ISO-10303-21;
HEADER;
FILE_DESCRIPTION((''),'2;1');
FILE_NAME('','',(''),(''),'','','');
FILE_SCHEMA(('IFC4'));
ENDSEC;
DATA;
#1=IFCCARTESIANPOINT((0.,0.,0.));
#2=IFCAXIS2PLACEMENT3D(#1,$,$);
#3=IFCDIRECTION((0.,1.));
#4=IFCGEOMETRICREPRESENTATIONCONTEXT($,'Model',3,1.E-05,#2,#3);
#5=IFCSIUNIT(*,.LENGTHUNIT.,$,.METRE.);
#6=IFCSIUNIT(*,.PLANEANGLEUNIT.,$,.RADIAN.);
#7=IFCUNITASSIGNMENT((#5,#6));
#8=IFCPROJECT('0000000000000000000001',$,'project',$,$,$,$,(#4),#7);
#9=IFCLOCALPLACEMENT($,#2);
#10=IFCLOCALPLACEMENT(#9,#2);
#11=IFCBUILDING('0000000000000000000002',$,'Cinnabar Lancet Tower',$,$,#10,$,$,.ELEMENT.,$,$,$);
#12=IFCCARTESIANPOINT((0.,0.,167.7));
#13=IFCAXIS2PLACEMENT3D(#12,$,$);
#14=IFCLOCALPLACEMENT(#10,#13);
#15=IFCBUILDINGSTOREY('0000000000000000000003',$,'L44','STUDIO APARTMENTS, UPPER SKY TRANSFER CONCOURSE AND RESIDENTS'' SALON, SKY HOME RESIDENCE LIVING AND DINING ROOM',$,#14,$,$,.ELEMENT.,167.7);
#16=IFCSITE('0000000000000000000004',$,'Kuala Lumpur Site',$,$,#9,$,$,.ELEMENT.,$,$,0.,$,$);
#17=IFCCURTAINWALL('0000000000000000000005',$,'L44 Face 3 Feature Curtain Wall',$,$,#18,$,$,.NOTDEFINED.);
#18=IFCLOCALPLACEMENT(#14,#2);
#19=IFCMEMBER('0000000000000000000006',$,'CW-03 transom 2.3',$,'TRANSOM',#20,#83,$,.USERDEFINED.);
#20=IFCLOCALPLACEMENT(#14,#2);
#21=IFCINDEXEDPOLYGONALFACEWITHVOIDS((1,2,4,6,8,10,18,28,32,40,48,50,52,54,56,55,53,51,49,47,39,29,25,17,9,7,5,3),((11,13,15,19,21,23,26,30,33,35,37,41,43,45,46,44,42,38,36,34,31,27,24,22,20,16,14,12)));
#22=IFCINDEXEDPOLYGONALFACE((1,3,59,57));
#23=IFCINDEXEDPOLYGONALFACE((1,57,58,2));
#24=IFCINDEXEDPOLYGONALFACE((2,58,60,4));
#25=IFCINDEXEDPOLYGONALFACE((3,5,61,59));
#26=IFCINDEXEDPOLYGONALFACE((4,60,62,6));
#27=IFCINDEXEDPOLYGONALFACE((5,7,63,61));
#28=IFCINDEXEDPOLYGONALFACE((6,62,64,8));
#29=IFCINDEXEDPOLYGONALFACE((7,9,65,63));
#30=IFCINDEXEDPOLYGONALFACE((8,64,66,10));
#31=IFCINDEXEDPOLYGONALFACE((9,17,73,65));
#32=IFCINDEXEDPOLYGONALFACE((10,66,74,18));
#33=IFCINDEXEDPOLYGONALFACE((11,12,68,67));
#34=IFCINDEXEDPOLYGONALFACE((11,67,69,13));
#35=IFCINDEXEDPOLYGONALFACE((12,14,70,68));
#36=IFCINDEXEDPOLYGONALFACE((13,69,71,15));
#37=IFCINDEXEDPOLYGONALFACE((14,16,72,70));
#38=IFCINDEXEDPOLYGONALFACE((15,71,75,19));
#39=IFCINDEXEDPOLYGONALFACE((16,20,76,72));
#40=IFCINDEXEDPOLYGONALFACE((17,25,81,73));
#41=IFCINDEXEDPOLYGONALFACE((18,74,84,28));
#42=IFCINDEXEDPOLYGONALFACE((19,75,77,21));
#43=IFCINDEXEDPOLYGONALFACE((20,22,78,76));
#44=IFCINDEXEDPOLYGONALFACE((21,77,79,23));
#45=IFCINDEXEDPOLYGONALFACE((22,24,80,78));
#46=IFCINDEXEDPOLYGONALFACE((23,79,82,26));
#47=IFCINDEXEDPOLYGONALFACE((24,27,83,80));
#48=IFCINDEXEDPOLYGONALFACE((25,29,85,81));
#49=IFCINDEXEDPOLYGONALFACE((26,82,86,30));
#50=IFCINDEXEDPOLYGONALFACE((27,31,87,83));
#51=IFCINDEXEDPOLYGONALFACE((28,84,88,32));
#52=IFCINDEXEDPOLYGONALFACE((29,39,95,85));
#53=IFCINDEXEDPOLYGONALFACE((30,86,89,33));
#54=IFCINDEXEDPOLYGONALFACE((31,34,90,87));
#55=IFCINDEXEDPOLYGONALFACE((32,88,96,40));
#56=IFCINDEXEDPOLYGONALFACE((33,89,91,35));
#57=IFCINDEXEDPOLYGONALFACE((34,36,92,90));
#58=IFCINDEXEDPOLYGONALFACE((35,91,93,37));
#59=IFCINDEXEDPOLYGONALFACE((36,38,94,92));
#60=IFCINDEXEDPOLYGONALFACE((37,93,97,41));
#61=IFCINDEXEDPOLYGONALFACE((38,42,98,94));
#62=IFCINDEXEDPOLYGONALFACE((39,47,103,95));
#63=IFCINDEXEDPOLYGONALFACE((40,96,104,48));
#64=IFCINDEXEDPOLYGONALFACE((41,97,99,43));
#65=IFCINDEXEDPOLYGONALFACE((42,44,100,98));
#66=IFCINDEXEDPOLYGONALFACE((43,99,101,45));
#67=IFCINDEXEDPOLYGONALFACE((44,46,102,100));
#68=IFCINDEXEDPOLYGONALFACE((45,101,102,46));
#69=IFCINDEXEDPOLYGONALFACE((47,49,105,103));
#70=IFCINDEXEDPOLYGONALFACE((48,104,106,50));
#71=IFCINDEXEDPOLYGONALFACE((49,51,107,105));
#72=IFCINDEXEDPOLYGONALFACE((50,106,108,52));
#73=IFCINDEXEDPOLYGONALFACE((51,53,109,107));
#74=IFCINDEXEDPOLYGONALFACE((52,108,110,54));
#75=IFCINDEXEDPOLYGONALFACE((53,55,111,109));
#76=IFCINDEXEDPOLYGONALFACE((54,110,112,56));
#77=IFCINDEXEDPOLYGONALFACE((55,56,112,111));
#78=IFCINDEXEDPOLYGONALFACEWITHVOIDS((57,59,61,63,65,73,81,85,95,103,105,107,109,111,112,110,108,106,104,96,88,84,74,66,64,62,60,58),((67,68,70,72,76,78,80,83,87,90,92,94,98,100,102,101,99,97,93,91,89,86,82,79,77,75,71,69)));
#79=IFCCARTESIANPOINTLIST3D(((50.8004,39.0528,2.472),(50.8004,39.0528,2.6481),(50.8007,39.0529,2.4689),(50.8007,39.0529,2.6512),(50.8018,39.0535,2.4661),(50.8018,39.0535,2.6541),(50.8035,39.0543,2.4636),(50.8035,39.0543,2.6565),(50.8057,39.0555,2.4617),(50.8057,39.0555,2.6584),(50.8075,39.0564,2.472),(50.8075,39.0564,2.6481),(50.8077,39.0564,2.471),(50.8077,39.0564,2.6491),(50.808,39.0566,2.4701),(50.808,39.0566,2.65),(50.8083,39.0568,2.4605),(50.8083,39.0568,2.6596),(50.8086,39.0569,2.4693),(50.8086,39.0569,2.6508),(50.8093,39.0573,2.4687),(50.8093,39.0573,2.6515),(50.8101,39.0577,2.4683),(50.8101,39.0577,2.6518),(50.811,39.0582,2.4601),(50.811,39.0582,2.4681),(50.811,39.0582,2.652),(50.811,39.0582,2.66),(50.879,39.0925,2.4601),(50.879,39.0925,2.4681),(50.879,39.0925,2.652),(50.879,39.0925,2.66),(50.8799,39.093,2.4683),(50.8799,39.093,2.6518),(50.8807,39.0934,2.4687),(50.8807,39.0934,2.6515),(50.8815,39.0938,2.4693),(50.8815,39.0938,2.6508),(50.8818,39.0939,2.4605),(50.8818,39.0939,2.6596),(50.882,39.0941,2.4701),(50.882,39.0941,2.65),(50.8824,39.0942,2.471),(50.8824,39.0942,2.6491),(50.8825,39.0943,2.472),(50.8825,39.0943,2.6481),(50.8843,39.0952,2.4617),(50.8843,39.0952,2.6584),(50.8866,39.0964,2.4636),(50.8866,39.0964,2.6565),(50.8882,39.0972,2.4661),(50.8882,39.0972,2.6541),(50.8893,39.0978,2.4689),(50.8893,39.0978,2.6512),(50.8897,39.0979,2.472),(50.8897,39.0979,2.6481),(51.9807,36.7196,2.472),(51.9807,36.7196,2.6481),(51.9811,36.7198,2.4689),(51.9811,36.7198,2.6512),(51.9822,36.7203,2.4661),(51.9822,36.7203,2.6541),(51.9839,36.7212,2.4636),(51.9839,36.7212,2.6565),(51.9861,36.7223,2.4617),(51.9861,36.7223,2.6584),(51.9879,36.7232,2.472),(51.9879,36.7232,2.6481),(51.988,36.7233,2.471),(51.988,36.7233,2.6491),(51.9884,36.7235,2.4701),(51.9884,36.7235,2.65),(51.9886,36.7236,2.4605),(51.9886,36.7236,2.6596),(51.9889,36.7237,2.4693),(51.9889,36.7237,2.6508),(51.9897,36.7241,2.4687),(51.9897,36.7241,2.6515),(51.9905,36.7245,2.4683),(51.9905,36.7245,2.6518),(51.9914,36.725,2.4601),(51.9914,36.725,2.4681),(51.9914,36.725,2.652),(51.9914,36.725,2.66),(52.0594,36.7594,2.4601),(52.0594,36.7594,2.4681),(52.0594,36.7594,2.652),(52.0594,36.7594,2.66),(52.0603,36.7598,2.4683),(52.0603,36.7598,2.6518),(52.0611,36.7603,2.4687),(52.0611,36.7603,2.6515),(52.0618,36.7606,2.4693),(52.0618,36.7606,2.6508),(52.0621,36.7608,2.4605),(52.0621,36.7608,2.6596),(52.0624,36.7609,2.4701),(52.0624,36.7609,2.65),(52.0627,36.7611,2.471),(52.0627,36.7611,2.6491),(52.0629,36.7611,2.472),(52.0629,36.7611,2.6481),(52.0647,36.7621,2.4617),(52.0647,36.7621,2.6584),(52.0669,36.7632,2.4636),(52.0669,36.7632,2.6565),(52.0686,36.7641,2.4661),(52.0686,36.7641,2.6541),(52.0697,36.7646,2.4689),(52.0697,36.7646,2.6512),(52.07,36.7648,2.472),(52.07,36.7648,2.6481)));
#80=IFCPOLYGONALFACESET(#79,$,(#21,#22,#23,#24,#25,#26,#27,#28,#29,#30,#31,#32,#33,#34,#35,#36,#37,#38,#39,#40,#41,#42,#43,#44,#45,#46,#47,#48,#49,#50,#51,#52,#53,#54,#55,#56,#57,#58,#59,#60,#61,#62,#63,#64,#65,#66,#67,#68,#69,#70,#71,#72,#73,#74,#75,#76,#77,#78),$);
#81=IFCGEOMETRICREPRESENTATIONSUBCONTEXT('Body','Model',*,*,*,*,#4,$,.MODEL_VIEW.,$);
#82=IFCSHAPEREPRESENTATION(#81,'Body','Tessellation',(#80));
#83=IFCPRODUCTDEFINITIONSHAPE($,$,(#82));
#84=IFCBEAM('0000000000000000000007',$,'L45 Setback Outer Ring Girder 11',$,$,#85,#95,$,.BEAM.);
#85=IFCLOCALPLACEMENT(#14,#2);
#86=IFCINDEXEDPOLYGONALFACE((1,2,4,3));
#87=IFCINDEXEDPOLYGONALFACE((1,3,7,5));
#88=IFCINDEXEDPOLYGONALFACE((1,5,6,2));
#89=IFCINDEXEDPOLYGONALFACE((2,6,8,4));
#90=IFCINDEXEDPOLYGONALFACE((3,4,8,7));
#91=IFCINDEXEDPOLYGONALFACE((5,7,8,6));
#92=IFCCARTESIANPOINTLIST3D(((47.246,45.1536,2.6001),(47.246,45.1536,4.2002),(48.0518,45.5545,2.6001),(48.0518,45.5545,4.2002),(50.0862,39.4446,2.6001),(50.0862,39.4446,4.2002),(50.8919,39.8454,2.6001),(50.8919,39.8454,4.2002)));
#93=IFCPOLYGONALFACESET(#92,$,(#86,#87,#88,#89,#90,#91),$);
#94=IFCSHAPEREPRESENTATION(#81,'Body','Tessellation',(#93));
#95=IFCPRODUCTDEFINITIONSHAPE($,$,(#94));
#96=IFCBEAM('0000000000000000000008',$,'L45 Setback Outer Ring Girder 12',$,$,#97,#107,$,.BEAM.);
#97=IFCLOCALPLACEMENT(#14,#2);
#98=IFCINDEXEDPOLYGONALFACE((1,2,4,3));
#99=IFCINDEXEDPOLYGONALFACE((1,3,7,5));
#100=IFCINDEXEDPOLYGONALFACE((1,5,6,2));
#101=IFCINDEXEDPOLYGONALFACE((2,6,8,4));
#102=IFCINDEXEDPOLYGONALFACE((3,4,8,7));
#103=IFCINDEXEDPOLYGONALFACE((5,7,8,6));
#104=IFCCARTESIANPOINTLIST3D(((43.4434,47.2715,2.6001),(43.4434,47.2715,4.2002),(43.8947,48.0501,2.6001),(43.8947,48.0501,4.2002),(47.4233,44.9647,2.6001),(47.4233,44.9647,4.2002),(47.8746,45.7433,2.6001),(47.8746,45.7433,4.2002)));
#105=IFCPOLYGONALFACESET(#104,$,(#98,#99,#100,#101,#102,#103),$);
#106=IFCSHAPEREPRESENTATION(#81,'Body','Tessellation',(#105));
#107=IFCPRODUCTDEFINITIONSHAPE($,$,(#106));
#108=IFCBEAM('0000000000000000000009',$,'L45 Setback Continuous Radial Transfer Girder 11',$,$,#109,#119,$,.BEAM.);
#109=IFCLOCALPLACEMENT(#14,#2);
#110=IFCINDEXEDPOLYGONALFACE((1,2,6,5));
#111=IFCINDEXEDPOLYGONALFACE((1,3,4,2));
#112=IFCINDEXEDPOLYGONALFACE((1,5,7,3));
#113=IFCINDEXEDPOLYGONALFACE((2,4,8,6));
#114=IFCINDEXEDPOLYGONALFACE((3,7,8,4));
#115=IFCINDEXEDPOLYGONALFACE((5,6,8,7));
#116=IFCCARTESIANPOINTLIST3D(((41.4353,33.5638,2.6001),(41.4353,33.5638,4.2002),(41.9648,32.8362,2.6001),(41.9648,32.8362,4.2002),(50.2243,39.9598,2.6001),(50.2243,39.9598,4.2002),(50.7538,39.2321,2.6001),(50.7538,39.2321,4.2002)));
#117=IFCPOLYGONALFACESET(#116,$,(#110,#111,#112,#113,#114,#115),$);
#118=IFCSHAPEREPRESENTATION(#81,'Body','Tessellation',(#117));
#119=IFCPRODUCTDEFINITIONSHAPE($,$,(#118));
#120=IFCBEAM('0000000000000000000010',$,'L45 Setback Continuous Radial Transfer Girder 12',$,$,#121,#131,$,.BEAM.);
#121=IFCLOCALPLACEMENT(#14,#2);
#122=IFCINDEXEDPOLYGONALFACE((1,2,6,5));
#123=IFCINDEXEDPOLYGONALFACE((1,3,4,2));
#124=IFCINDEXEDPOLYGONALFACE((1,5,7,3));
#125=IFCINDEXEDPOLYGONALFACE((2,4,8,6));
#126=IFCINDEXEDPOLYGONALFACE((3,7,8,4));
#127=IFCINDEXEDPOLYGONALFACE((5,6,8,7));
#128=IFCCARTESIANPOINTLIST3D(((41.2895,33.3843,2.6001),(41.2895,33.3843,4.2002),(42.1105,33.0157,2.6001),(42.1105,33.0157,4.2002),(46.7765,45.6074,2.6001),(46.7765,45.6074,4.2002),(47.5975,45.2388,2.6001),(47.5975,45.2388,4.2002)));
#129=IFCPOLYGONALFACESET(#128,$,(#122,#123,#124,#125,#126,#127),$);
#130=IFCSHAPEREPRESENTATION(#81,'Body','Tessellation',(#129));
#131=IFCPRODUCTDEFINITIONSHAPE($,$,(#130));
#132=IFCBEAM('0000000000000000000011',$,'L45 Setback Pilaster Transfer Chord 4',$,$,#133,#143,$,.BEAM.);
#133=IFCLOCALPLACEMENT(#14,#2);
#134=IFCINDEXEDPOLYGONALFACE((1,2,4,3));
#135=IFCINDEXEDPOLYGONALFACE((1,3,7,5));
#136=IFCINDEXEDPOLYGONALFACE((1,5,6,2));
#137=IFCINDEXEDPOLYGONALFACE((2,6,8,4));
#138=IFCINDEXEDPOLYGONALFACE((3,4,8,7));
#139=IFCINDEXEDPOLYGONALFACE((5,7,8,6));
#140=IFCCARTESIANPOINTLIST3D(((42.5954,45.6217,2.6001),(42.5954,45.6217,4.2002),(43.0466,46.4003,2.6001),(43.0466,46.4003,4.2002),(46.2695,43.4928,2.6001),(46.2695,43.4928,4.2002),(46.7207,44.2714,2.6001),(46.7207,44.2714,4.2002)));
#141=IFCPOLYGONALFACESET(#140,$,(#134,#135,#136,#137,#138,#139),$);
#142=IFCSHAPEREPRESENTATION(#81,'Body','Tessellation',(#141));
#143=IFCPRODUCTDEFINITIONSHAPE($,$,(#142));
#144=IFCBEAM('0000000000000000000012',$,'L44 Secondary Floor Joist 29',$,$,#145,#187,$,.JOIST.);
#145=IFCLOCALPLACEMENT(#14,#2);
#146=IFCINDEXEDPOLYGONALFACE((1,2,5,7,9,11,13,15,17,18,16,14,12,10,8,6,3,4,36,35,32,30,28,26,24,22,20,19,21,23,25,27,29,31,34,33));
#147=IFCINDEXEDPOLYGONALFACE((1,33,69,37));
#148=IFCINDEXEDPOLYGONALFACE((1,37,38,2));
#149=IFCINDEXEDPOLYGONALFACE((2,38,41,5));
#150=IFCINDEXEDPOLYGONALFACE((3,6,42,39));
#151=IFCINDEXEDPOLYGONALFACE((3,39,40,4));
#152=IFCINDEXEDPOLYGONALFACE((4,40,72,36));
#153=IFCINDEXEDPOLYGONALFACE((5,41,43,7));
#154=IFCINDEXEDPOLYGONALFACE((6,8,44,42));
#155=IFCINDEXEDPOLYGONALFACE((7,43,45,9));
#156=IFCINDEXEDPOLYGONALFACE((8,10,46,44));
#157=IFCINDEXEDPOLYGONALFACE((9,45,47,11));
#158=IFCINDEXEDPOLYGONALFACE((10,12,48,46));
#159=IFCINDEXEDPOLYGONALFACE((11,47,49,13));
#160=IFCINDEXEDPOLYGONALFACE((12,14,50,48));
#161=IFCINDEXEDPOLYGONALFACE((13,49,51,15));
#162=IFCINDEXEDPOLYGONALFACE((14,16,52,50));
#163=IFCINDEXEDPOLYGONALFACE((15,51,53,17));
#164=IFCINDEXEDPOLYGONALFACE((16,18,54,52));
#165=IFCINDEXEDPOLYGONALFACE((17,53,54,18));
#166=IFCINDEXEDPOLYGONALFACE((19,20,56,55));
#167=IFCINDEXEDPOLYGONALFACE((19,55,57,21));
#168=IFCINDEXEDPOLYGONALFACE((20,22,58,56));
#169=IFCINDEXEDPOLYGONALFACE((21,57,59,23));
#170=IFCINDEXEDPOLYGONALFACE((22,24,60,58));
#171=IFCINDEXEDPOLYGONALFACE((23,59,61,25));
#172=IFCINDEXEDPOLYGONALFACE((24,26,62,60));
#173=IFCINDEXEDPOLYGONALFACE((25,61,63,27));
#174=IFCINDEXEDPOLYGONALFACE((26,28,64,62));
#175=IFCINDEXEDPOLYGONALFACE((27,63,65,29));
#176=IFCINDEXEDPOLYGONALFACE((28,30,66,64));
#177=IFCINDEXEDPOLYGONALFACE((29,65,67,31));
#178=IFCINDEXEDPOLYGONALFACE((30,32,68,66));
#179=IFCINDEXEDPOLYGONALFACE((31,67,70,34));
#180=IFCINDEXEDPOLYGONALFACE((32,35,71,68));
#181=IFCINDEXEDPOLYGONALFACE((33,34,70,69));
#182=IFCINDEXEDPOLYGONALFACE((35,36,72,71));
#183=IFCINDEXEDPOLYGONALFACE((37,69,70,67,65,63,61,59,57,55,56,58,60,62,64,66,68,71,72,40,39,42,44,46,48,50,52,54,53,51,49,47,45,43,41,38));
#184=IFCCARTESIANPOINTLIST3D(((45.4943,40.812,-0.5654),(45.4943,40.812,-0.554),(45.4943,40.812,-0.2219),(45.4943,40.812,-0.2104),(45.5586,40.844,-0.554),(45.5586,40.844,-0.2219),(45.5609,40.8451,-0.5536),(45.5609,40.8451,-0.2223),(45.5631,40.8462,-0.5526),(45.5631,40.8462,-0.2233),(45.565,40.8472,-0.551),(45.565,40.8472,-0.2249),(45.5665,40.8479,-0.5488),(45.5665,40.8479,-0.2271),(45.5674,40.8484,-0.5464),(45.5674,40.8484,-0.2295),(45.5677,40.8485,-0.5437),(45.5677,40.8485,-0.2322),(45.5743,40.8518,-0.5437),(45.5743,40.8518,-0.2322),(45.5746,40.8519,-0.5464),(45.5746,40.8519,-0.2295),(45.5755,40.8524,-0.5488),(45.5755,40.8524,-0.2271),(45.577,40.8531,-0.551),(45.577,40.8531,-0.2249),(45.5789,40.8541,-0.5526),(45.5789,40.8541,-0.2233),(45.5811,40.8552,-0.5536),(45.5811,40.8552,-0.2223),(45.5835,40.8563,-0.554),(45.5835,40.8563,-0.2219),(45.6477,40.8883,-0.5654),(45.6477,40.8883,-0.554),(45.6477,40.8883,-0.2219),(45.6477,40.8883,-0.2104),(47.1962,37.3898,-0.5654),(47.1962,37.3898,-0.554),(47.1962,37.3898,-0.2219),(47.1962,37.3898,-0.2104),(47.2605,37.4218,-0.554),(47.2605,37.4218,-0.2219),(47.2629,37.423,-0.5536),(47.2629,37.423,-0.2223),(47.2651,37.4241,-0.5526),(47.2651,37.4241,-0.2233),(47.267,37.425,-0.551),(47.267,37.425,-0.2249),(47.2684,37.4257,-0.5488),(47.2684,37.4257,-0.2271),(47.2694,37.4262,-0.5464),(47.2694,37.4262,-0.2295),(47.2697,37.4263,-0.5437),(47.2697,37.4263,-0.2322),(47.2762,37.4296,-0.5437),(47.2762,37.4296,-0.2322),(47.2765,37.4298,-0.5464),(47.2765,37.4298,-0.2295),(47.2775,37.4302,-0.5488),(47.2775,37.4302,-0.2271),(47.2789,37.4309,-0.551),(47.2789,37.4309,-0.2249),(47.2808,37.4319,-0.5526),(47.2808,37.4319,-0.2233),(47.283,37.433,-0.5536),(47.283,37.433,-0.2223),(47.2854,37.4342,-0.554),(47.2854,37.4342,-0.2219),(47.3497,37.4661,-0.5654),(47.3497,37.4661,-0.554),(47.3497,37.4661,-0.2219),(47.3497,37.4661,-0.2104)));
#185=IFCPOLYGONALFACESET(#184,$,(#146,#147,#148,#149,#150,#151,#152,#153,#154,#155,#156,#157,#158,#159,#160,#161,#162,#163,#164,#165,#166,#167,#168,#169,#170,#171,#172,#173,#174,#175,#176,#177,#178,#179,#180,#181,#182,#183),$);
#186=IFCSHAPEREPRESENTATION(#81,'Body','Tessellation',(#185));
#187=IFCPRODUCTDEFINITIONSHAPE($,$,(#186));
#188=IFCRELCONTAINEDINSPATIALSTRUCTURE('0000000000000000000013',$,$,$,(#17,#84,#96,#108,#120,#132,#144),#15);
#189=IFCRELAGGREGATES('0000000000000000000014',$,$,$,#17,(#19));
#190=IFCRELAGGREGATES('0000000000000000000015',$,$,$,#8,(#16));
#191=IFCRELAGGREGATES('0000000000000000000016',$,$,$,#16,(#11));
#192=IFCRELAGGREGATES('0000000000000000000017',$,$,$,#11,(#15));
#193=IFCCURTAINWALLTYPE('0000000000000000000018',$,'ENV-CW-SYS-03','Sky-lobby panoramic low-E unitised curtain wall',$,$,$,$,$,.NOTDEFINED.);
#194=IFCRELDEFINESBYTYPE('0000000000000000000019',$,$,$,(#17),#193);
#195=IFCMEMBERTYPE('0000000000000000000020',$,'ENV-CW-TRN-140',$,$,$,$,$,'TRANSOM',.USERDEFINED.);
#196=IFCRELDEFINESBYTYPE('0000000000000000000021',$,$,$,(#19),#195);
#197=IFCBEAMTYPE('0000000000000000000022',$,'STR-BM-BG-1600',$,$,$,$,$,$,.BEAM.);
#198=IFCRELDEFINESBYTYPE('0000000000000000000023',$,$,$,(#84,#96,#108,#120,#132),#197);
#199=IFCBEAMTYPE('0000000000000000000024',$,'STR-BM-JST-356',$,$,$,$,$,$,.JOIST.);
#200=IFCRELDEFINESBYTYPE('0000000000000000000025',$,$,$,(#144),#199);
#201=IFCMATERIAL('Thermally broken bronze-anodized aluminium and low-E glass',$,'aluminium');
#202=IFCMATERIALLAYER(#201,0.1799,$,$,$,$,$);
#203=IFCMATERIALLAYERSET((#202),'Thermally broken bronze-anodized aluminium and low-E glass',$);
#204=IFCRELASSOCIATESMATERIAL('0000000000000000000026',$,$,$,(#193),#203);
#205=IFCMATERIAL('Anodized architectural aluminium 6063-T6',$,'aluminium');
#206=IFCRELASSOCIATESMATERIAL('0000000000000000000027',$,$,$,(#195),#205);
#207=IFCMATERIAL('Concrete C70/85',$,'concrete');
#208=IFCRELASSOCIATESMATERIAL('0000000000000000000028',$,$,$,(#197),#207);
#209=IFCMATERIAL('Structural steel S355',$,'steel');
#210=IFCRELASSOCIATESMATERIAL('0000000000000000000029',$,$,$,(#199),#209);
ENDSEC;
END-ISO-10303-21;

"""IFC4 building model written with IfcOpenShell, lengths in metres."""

from ifc_helpers import new_model, si_unit, direction, frame, origin, origin_2d, place, context, subcontext, project, spatial, rectangle, hollow_rectangle, i_section, extrude, material, layer, layer_set, material_profile, profile_set, type_object, element, aggregate, save


model = new_model("IFC4")

# Units and contexts
model_context = context("Model", 3, precision=1e-05, world=origin(), true_north=direction((0.0, 1.0)))
body_context = subcontext(model_context, "Body", "Model", "MODEL_VIEW")
ifc_project = project(units=[si_unit("LENGTHUNIT", "METRE"), si_unit("PLANEANGLEUNIT", "RADIAN")], contexts=[model_context])

# Site, building, storey
site_placement = place(None, origin())
site = spatial("IfcSite", under=ifc_project, at=site_placement, Name="Kuala Lumpur Site", CompositionType="ELEMENT", RefElevation=0.0)
building_placement = place(site_placement, origin())
building = spatial("IfcBuilding", under=site, at=building_placement, Name="Cinnabar Lancet Tower", CompositionType="ELEMENT")
storey_placement = place(building_placement, frame((0.0, 0.0, 167.7)))
storey = spatial("IfcBuildingStorey", under=building, at=storey_placement, Name="L44", Description="STUDIO APARTMENTS, UPPER SKY TRANSFER CONCOURSE AND RESIDENTS' SALON, SKY HOME RESIDENCE LIVING AND DINING ROOM", CompositionType="ELEMENT", Elevation=167.7)

# Curtain wall, member
ifc_material_1 = material(Name="Thermally broken bronze-anodized aluminium and low-E glass", Category="aluminium")
ifc_layer_1 = layer(ifc_material_1, 0.1799)
ifc_layer_set_1 = layer_set([ifc_layer_1], Name="Thermally broken bronze-anodized aluminium and low-E glass")
curtain_wall_type = type_object("IfcCurtainWallType", Name="ENV-CW-SYS-03", Description="Sky-lobby panoramic low-E unitised curtain wall", PredefinedType="NOTDEFINED", material=ifc_layer_set_1)
curtain_wall_placement = place(storey_placement, origin())
curtain_wall = element("IfcCurtainWall", 1, at=curtain_wall_placement, inside=storey, type_object=curtain_wall_type, Name="L44 Face 3 Feature Curtain Wall", PredefinedType="NOTDEFINED")
ifc_material_2 = material(Name="Anodized architectural aluminium 6063-T6", Category="aluminium")
ifc_material_profile_1 = material_profile(ifc_material_2, hollow_rectangle(XDim=0.1001, YDim=0.2, WallThickness=0.0081, InnerFilletRadius=0.0039, OuterFilletRadius=0.012, at=origin_2d()), Name="RHS 200x100x8")
ifc_profile_set_1 = profile_set([ifc_material_profile_1], Name="Anodized architectural aluminium 6063-T6")
member_type_1 = type_object("IfcMemberType", Name="ENV-CW-TRN-140", ElementType="TRANSOM", PredefinedType="USERDEFINED", material=ifc_profile_set_1)
member_1_placement = place(storey_placement, frame((52.0254, 36.7422, 2.5601), z_axis=(-0.451429, 0.892307, 0.0), x_axis=(-0.892307, -0.451429, 0.0)))
member_1 = element("IfcMember", 2, at=member_1_placement, type_object=member_type_1, Name="CW-03 transom 2.3", ObjectType="TRANSOM", PredefinedType="USERDEFINED", context=body_context, shape_type="SweptSolid", body=[
    extrude(hollow_rectangle(XDim=0.1001, YDim=0.2, WallThickness=0.0081, InnerFilletRadius=0.0039, OuterFilletRadius=0.012, at=origin_2d()), origin(), (0.0, 0.0, 1.0), 2.6147),
])

# Beams
ifc_material_3 = material(Name="Concrete C70/85", Category="concrete")
ifc_material_profile_2 = material_profile(ifc_material_3, rectangle(XDim=0.8999, YDim=1.6001, at=origin_2d()), Name="RC-BG 900x1600")
ifc_profile_set_2 = profile_set([ifc_material_profile_2], Name="Concrete C70/85")
beam_type_1 = type_object("IfcBeamType", Name="STR-BM-BG-1600", PredefinedType="BEAM", material=ifc_profile_set_2)
beam_1_placement = place(storey_placement, frame((50.489, 39.645, 3.4001), z_axis=(-0.445405, 0.895329, 0.0), x_axis=(-0.895329, -0.445405, 0.0)))
element("IfcBeam", 3, at=beam_1_placement, inside=storey, type_object=beam_type_1, Name="L45 Setback Outer Ring Girder 11", PredefinedType="BEAM", context=body_context, shape_type="SweptSolid", body=[
    extrude(rectangle(XDim=0.8999, YDim=1.6001, at=origin_2d()), origin(), (0.0, 0.0, 1.0), 6.3765),
])
beam_2_placement = place(storey_placement, frame((47.6489, 45.354, 3.4001), z_axis=(-0.865173, 0.501473, 0.0), x_axis=(-0.501473, -0.865173, 0.0)))
element("IfcBeam", 4, at=beam_2_placement, inside=storey, type_object=beam_type_1, Name="L45 Setback Outer Ring Girder 12", PredefinedType="BEAM", context=body_context, shape_type="SweptSolid", body=[
    extrude(rectangle(XDim=0.8999, YDim=1.6001, at=origin_2d()), origin(), (0.0, 0.0, 1.0), 4.6001),
])
beam_3_placement = place(storey_placement, frame((50.489, 39.5959, 3.4001), z_axis=(-0.808563, -0.588409, 0.0), x_axis=(0.588409, -0.808563, 0.0)))
element("IfcBeam", 5, at=beam_3_placement, inside=storey, type_object=beam_type_1, Name="L45 Setback Continuous Radial Transfer Girder 11", PredefinedType="BEAM", context=body_context, shape_type="SweptSolid", body=[
    extrude(rectangle(XDim=0.8999, YDim=1.6001, at=origin_2d()), origin(), (0.0, 0.0, 1.0), 10.8699),
])
beam_4_placement = place(storey_placement, frame((47.187, 45.4231, 3.4001), z_axis=(-0.409536, -0.912294, 0.0), x_axis=(0.912294, -0.409536, 0.0)))
element("IfcBeam", 6, at=beam_4_placement, inside=storey, type_object=beam_type_1, Name="L45 Setback Continuous Radial Transfer Girder 12", PredefinedType="BEAM", context=body_context, shape_type="SweptSolid", body=[
    extrude(rectangle(XDim=0.8999, YDim=1.6001, at=origin_2d()), origin(), (0.0, 0.0, 1.0), 13.3982),
])
beam_5_placement = place(storey_placement, frame((46.4951, 43.8821, 3.4001), z_axis=(-0.865241, 0.501356, 0.0), x_axis=(-0.501356, -0.865241, 0.0)))
element("IfcBeam", 7, at=beam_5_placement, inside=storey, type_object=beam_type_1, Name="L45 Setback Pilaster Transfer Chord 4", PredefinedType="BEAM", context=body_context, shape_type="SweptSolid", body=[
    extrude(rectangle(XDim=0.8999, YDim=1.6001, at=origin_2d()), origin(), (0.0, 0.0, 1.0), 4.2463),
])
ifc_material_4 = material(Name="Structural steel S355", Category="steel")
ifc_material_profile_3 = material_profile(ifc_material_4, i_section(OverallWidth=0.1714, OverallDepth=0.355, WebThickness=0.0073, FlangeThickness=0.0115, FilletRadius=0.0103, at=origin_2d()), Name="UKB 356x171x51")
ifc_profile_set_3 = profile_set([ifc_material_profile_3], Name="Structural steel S355")
beam_type_2 = type_object("IfcBeamType", Name="STR-BM-JST-356", PredefinedType="JOIST", material=ifc_profile_set_3)
beam_6_placement = place(storey_placement, frame((47.2729, 37.428, -0.3879), z_axis=(-0.445296, 0.895383, 0.0), x_axis=(-0.895383, -0.445296, 0.0)))
element("IfcBeam", 8, at=beam_6_placement, inside=storey, type_object=beam_type_2, Name="L44 Secondary Floor Joist 29", PredefinedType="JOIST", context=body_context, shape_type="SweptSolid", body=[
    extrude(i_section(OverallWidth=0.1714, OverallDepth=0.355, WebThickness=0.0073, FlangeThickness=0.0115, FilletRadius=0.0103, at=origin_2d()), origin(), (0.0, 0.0, 1.0), 3.822),
])

aggregate(curtain_wall, [member_1])

save(model, "model.ifc")
